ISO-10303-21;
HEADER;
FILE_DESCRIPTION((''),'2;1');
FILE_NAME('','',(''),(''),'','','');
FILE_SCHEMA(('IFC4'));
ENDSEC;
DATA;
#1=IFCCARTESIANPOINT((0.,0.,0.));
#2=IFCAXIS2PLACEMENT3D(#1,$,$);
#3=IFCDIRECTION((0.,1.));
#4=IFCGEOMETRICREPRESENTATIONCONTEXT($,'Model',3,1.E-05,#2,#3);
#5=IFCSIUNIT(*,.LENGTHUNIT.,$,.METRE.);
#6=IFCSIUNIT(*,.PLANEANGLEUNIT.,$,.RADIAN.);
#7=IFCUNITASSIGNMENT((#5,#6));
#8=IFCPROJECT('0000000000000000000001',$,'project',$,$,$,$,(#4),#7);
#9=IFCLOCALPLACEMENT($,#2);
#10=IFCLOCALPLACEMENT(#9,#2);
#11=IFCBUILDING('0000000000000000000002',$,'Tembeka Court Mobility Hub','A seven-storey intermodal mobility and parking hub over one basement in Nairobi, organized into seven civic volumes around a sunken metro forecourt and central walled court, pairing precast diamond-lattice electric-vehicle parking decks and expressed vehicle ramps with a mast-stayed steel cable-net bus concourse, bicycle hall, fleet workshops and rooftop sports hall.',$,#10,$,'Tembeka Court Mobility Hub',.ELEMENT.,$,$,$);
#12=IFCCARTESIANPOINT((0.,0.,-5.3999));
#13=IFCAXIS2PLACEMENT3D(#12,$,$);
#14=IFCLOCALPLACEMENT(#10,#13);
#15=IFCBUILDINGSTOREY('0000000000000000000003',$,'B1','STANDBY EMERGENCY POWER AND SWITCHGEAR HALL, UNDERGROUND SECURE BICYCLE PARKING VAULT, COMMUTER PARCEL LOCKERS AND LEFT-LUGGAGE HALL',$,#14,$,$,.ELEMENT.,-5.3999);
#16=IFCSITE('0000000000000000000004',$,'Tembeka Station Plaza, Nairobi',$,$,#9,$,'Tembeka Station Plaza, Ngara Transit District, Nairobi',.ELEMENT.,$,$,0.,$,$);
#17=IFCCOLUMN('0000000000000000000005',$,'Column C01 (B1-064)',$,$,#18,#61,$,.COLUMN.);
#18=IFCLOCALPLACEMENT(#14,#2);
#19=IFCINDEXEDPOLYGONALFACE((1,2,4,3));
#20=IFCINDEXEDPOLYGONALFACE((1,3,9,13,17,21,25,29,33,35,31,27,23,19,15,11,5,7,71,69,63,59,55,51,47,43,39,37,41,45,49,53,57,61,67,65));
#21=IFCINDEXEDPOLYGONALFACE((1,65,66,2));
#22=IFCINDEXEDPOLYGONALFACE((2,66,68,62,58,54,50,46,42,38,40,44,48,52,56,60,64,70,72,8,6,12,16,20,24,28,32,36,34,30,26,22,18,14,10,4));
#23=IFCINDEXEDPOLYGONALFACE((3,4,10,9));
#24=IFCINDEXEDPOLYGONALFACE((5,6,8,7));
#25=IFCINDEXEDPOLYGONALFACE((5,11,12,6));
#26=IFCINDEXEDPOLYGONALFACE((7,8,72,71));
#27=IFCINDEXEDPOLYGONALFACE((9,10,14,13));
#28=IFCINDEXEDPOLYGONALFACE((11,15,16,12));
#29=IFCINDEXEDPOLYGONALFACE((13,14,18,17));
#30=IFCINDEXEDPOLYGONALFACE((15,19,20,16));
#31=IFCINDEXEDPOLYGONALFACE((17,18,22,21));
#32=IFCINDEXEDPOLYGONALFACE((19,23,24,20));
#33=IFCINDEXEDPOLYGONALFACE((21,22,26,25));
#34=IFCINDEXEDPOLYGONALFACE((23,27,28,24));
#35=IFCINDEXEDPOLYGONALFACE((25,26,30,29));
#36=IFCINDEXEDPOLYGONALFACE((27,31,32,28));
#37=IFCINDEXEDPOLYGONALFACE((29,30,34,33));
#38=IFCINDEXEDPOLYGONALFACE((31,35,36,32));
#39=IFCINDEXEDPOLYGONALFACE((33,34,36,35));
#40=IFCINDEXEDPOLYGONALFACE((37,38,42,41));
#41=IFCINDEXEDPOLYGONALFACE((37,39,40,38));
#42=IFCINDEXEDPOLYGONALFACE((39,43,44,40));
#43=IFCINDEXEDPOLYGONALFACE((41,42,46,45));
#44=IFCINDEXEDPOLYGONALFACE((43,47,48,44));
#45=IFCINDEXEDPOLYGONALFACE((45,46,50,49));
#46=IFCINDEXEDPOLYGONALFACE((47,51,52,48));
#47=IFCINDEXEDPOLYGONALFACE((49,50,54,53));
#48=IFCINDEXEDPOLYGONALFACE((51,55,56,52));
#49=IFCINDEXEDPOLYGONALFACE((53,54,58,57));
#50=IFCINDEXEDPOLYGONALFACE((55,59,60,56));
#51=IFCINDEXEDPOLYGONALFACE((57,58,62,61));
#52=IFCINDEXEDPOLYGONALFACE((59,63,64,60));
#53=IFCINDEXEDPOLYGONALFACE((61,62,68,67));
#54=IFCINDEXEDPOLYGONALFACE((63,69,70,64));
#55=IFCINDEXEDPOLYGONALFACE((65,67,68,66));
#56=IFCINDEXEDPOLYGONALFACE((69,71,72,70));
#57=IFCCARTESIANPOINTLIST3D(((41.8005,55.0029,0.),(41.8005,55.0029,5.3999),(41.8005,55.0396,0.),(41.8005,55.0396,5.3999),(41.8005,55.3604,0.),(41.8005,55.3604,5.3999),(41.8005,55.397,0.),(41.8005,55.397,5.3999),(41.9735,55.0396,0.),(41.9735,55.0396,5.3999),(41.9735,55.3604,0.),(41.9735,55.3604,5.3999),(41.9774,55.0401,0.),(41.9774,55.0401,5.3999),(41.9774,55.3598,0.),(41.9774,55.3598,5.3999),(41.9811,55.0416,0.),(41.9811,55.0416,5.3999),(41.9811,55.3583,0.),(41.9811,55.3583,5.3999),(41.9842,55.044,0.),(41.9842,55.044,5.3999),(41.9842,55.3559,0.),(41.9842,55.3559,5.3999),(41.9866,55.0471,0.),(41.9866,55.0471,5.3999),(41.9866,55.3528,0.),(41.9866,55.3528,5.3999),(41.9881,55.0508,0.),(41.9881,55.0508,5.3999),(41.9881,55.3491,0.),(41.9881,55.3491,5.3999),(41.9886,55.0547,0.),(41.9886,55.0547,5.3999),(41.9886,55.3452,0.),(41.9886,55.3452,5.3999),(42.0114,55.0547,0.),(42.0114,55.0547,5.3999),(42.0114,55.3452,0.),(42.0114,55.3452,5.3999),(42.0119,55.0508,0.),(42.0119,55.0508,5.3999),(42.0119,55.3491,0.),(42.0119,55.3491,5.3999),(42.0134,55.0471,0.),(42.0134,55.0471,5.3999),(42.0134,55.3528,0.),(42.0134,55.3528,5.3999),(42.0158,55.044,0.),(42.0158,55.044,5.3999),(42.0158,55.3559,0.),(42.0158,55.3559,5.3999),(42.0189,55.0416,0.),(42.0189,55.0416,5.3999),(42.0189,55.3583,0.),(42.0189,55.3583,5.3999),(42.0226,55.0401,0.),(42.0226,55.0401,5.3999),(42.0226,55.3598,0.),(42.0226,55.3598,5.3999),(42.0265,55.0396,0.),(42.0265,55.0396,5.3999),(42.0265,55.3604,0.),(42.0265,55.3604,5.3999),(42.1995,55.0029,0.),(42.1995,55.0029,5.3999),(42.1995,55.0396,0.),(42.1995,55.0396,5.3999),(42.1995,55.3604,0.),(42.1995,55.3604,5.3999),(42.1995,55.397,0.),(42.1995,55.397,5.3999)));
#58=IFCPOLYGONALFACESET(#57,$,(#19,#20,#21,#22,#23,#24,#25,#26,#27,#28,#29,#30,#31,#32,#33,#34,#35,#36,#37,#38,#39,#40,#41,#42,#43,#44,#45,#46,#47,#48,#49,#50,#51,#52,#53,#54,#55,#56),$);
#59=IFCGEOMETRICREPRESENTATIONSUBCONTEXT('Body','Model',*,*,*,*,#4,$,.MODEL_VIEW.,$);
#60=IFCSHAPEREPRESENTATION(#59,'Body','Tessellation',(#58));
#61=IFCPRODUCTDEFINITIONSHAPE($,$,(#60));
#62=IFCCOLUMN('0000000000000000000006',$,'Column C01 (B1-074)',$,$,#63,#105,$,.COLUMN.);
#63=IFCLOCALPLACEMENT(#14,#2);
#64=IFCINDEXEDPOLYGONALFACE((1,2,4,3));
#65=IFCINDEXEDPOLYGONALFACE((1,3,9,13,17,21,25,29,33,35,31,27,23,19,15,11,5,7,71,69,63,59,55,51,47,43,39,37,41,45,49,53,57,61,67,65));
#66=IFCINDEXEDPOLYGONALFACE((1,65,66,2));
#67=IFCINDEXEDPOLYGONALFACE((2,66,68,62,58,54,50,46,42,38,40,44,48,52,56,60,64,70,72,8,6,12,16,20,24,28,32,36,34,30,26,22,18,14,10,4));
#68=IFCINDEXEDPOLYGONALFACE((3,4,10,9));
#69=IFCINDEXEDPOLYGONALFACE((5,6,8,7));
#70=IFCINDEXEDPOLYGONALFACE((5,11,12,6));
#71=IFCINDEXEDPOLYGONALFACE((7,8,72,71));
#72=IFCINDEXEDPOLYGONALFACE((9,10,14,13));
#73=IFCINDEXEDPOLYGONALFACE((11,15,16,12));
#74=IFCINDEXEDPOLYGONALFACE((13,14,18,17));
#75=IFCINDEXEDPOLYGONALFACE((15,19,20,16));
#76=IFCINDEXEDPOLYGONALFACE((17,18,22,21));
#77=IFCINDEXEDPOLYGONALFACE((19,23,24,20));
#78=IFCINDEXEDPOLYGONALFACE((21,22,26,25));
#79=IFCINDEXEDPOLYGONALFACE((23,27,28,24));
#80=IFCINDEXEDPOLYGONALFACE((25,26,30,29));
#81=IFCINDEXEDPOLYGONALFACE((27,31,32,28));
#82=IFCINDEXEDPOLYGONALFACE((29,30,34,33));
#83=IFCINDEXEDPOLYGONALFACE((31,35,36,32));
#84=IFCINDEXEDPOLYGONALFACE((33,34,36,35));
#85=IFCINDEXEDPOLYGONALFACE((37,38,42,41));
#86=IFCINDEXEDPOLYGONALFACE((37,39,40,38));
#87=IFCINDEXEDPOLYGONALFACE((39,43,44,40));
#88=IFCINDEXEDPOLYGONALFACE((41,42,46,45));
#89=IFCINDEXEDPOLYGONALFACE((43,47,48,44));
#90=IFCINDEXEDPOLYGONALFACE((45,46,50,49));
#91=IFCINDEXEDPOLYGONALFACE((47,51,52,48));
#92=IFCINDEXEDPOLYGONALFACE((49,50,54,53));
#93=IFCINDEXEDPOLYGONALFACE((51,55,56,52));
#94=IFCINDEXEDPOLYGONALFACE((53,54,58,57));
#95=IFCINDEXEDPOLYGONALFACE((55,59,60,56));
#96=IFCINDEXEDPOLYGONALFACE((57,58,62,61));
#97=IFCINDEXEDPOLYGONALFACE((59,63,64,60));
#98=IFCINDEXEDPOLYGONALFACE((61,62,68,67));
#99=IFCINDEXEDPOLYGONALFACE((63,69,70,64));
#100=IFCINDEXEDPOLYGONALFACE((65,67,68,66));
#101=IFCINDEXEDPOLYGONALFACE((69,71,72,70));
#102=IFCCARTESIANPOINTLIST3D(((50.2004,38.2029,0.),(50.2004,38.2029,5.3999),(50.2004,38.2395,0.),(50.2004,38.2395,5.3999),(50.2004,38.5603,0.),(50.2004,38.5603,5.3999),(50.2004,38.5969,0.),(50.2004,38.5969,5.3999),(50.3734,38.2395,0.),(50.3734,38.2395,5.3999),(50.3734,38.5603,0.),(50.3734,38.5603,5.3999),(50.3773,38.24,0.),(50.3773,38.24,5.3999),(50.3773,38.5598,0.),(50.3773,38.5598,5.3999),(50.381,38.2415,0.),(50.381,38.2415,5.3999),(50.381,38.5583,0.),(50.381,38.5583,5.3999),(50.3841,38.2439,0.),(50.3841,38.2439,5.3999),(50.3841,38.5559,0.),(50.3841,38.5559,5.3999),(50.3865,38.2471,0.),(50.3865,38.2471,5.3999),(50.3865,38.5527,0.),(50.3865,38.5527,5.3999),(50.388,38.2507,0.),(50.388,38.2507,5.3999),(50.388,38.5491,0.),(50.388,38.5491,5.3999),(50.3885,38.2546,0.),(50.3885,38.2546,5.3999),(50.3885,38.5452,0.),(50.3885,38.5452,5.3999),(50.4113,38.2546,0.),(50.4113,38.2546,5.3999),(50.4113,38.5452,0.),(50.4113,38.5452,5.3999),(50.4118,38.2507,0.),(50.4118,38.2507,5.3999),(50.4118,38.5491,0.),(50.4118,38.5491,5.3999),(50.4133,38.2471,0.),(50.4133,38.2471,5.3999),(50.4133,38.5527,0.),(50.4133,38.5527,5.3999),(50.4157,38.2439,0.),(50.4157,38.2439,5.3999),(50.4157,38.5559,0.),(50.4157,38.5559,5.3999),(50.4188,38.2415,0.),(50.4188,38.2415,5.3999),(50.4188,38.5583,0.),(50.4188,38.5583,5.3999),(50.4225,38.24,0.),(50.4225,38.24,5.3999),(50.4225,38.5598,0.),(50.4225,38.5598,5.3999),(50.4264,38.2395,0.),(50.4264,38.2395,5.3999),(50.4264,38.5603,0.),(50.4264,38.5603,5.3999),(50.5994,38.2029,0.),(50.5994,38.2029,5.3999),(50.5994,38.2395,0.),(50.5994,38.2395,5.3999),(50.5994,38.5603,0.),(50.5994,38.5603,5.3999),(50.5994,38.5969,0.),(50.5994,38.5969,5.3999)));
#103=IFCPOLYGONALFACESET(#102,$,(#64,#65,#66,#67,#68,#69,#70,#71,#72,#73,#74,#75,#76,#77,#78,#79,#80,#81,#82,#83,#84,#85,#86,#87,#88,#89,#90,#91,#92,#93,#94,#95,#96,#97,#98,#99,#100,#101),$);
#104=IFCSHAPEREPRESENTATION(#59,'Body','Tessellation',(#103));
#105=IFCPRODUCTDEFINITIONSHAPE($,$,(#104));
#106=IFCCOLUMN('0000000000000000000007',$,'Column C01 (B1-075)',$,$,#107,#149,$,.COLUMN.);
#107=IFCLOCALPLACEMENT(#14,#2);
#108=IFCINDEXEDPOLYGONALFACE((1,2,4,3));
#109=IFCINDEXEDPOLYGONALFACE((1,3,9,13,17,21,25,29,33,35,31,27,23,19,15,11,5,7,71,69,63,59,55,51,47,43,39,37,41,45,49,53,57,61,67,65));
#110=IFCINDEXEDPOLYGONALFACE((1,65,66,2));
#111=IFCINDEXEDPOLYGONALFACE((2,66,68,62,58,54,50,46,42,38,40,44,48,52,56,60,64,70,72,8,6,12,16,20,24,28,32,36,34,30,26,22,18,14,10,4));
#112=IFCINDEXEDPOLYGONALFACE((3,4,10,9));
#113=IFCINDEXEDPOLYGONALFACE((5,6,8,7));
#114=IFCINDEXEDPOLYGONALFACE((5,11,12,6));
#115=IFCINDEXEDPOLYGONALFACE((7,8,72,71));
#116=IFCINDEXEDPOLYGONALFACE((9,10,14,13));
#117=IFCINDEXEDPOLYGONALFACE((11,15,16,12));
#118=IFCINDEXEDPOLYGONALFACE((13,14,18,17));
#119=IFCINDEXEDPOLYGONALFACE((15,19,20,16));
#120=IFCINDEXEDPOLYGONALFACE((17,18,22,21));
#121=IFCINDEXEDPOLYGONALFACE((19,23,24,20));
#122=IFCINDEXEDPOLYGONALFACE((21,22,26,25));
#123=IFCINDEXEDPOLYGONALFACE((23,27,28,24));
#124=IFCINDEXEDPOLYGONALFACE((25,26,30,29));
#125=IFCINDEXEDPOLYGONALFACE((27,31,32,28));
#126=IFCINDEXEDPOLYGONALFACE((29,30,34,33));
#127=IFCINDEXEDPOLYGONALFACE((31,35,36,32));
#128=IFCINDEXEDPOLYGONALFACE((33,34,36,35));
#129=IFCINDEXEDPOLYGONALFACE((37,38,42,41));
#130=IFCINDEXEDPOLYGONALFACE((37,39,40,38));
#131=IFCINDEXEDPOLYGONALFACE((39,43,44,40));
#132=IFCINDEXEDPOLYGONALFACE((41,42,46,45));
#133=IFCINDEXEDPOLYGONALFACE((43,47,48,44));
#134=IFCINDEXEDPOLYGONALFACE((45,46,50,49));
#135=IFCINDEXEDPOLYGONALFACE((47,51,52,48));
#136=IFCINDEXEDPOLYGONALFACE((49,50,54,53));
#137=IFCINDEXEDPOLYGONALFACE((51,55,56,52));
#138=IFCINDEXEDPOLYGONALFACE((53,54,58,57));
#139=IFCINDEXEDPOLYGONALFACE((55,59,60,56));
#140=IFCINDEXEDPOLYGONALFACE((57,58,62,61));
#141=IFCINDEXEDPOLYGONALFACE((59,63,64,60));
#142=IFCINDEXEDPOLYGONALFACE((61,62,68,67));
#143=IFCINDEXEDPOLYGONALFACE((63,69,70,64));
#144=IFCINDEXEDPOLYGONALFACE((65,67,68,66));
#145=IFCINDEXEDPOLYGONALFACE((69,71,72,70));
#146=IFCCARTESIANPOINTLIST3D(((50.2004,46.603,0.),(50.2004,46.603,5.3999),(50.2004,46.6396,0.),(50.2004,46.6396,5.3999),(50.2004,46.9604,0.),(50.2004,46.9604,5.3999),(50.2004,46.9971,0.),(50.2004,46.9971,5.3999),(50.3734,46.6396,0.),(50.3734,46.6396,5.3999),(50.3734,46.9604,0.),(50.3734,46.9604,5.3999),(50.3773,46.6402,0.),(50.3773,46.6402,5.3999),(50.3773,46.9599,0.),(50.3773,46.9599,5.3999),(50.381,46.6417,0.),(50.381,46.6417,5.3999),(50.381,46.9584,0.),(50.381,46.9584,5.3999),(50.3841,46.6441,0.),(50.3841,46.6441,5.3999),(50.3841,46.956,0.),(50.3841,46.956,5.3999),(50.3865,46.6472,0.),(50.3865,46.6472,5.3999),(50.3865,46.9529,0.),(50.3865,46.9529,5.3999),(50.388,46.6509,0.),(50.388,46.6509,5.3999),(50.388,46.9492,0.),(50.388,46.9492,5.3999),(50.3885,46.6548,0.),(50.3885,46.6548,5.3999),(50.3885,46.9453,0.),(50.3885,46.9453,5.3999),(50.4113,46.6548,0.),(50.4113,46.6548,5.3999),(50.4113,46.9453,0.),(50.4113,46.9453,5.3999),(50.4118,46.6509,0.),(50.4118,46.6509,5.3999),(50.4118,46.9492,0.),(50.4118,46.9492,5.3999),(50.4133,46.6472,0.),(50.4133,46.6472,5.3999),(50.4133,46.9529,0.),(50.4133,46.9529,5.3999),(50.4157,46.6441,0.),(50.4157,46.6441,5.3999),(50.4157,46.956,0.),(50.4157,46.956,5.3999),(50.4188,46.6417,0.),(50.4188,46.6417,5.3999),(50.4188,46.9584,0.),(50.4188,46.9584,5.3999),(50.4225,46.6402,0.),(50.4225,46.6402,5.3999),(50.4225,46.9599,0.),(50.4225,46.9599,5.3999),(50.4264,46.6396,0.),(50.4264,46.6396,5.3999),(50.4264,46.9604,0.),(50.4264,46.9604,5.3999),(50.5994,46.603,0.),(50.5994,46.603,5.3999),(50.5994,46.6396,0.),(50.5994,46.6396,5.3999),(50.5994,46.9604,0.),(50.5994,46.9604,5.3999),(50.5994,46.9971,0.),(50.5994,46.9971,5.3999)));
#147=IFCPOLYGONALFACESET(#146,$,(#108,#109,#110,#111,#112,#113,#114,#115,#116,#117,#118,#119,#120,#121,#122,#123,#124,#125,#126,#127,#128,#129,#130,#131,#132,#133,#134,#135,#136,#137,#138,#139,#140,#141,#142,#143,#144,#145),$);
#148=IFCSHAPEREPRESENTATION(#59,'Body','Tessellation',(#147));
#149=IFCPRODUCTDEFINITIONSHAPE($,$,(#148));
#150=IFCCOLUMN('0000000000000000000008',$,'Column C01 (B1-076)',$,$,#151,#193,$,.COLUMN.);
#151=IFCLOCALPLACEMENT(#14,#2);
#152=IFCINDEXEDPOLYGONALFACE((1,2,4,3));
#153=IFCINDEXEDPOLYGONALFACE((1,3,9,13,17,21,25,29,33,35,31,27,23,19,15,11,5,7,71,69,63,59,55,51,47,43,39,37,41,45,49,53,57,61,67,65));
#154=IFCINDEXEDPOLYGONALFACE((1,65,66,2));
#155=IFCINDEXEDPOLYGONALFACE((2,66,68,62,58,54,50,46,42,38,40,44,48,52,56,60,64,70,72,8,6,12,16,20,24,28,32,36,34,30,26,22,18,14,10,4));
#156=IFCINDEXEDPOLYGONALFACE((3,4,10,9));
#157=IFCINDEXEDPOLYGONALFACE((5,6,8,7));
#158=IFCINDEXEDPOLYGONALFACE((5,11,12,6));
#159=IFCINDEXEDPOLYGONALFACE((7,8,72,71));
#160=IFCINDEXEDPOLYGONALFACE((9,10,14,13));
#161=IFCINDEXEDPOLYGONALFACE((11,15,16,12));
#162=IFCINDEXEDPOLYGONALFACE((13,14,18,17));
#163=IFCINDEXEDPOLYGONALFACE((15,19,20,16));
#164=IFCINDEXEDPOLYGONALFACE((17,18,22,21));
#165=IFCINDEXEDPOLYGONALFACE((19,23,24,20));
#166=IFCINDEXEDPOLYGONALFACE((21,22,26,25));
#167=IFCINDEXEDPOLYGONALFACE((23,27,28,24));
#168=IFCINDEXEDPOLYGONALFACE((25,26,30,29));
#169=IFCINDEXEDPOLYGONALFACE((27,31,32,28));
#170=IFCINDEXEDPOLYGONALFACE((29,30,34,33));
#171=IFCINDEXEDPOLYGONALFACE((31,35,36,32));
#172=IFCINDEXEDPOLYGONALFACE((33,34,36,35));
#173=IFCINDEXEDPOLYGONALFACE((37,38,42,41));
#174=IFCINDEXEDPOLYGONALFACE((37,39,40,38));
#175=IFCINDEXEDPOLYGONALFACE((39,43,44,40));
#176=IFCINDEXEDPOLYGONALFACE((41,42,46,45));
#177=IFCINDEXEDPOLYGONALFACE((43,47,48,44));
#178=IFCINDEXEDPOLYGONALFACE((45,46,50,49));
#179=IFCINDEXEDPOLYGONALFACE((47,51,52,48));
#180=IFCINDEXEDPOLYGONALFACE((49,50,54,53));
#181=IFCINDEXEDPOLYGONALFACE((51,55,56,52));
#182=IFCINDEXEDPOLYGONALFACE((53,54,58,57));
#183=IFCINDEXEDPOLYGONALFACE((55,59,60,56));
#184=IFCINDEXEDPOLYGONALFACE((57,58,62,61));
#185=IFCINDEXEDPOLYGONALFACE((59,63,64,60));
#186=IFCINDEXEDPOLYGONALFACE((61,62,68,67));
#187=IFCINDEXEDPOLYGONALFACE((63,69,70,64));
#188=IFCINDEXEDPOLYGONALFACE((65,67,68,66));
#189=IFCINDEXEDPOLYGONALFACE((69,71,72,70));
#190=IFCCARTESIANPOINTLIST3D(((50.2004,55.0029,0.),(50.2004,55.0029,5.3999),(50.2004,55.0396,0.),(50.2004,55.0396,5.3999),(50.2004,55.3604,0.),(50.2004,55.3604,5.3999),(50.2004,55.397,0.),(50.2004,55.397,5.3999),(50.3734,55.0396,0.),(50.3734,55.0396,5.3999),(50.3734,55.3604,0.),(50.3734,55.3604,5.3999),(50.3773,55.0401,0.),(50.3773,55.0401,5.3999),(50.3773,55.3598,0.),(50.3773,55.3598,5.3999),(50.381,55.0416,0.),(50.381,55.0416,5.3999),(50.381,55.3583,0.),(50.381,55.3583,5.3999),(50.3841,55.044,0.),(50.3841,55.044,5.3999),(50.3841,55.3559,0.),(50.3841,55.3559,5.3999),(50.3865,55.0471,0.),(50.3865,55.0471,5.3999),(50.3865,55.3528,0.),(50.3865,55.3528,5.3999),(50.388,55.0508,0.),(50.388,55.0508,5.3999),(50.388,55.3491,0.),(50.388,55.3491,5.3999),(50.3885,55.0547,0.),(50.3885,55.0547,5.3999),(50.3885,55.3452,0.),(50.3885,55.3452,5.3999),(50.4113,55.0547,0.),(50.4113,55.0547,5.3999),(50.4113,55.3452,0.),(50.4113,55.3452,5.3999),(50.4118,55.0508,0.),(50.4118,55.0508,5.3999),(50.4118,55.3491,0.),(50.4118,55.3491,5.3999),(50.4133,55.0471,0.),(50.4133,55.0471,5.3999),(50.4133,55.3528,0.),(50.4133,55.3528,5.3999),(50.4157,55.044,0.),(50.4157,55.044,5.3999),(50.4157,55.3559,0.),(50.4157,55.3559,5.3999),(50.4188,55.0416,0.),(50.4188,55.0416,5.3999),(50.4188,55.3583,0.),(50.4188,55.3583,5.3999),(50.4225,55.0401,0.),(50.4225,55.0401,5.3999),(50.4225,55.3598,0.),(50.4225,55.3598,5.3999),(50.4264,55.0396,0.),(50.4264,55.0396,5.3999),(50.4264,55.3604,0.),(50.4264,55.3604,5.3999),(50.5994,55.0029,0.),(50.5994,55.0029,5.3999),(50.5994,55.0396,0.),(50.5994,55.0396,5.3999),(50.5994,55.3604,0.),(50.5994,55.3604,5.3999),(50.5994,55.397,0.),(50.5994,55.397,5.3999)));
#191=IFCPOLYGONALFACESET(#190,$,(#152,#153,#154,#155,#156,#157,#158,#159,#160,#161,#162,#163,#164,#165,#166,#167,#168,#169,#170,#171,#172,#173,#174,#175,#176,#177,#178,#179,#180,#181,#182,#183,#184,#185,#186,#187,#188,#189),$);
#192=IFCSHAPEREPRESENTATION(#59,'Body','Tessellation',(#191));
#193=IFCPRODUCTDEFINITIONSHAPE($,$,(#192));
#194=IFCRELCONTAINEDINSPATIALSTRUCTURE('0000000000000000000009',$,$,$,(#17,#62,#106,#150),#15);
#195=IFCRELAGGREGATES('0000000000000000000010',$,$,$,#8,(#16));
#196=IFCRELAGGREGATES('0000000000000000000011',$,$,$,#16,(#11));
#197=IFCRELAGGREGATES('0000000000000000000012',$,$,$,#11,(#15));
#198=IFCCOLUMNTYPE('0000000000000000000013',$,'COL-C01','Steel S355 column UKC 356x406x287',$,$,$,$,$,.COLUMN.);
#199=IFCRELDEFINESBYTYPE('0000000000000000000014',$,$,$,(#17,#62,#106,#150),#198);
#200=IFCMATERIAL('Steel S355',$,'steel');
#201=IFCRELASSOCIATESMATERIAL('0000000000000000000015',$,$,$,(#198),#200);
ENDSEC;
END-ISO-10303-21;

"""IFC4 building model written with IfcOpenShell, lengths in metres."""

from ifc_helpers import new_model, si_unit, direction, frame, origin, origin_2d, place, context, subcontext, project, spatial, i_section, extrude, material, material_profile, profile_set, type_object, element, save


model = new_model("IFC4")

# Units and contexts
model_context = context("Model", 3, precision=1e-05, world=origin(), true_north=direction((0.0, 1.0)))
body_context = subcontext(model_context, "Body", "Model", "MODEL_VIEW")
ifc_project = project(units=[si_unit("LENGTHUNIT", "METRE"), si_unit("PLANEANGLEUNIT", "RADIAN")], contexts=[model_context])

# Site, building, storey
site_placement = place(None, origin())
site = spatial("IfcSite", under=ifc_project, at=site_placement, Name="Tembeka Station Plaza, Nairobi", LongName="Tembeka Station Plaza, Ngara Transit District, Nairobi", CompositionType="ELEMENT", RefElevation=0.0)
building_placement = place(site_placement, origin())
building = spatial("IfcBuilding", under=site, at=building_placement, Name="Tembeka Court Mobility Hub", Description="A seven-storey intermodal mobility and parking hub over one basement in Nairobi, organized into seven civic volumes around a sunken metro forecourt and central walled court, pairing precast diamond-lattice electric-vehicle parking decks and expressed vehicle ramps with a mast-stayed steel cable-net bus concourse, bicycle hall, fleet workshops and rooftop sports hall.", LongName="Tembeka Court Mobility Hub", CompositionType="ELEMENT")
storey_placement = place(building_placement, frame((0.0, 0.0, -5.3999)))
storey = spatial("IfcBuildingStorey", under=building, at=storey_placement, Name="B1", Description="STANDBY EMERGENCY POWER AND SWITCHGEAR HALL, UNDERGROUND SECURE BICYCLE PARKING VAULT, COMMUTER PARCEL LOCKERS AND LEFT-LUGGAGE HALL", CompositionType="ELEMENT", Elevation=-5.3999)

# Columns
ifc_material_1 = material(Name="Steel S355", Category="steel")
ifc_material_profile_1 = material_profile(ifc_material_1, i_section(OverallWidth=0.3989, OverallDepth=0.394, WebThickness=0.0227, FlangeThickness=0.0366, FilletRadius=0.0151, at=origin_2d()), Name="UKC 356x406x287")
ifc_profile_set_1 = profile_set([ifc_material_profile_1], Name="Steel S355")
column_type = type_object("IfcColumnType", Name="COL-C01", Description="Steel S355 column UKC 356x406x287", PredefinedType="COLUMN", material=ifc_profile_set_1)
for number, where, z_axis, x_axis, name in (
    (1, (42.0, 55.2, 0.0), (0.0, 0.0, 1.0), (1.0, 0.0, 0.0), "Column C01 (B1-064)"),
    (2, (50.3999, 38.3999, 0.0), (0.0, 0.0, 1.0), (1.0, 0.0, 0.0), "Column C01 (B1-074)"),
    (3, (50.3999, 46.8, 0.0), (0.0, 0.0, 1.0), (1.0, 0.0, 0.0), "Column C01 (B1-075)"),
    (4, (50.3999, 55.2, 0.0), (0.0, 0.0, 1.0), (1.0, 0.0, 0.0), "Column C01 (B1-076)"),
):
    element("IfcColumn", number, at=place(storey_placement, frame(where, z_axis=z_axis, x_axis=x_axis)), inside=storey, type_object=column_type, Name=name, PredefinedType="COLUMN", context=body_context, shape_type="SweptSolid", body=[
        extrude(i_section(OverallWidth=0.3989, OverallDepth=0.394, WebThickness=0.0227, FlangeThickness=0.0366, FilletRadius=0.0151, at=origin_2d()), origin(), (0.0, 0.0, 1.0), 5.3999),
    ])

save(model, "model.ifc")
